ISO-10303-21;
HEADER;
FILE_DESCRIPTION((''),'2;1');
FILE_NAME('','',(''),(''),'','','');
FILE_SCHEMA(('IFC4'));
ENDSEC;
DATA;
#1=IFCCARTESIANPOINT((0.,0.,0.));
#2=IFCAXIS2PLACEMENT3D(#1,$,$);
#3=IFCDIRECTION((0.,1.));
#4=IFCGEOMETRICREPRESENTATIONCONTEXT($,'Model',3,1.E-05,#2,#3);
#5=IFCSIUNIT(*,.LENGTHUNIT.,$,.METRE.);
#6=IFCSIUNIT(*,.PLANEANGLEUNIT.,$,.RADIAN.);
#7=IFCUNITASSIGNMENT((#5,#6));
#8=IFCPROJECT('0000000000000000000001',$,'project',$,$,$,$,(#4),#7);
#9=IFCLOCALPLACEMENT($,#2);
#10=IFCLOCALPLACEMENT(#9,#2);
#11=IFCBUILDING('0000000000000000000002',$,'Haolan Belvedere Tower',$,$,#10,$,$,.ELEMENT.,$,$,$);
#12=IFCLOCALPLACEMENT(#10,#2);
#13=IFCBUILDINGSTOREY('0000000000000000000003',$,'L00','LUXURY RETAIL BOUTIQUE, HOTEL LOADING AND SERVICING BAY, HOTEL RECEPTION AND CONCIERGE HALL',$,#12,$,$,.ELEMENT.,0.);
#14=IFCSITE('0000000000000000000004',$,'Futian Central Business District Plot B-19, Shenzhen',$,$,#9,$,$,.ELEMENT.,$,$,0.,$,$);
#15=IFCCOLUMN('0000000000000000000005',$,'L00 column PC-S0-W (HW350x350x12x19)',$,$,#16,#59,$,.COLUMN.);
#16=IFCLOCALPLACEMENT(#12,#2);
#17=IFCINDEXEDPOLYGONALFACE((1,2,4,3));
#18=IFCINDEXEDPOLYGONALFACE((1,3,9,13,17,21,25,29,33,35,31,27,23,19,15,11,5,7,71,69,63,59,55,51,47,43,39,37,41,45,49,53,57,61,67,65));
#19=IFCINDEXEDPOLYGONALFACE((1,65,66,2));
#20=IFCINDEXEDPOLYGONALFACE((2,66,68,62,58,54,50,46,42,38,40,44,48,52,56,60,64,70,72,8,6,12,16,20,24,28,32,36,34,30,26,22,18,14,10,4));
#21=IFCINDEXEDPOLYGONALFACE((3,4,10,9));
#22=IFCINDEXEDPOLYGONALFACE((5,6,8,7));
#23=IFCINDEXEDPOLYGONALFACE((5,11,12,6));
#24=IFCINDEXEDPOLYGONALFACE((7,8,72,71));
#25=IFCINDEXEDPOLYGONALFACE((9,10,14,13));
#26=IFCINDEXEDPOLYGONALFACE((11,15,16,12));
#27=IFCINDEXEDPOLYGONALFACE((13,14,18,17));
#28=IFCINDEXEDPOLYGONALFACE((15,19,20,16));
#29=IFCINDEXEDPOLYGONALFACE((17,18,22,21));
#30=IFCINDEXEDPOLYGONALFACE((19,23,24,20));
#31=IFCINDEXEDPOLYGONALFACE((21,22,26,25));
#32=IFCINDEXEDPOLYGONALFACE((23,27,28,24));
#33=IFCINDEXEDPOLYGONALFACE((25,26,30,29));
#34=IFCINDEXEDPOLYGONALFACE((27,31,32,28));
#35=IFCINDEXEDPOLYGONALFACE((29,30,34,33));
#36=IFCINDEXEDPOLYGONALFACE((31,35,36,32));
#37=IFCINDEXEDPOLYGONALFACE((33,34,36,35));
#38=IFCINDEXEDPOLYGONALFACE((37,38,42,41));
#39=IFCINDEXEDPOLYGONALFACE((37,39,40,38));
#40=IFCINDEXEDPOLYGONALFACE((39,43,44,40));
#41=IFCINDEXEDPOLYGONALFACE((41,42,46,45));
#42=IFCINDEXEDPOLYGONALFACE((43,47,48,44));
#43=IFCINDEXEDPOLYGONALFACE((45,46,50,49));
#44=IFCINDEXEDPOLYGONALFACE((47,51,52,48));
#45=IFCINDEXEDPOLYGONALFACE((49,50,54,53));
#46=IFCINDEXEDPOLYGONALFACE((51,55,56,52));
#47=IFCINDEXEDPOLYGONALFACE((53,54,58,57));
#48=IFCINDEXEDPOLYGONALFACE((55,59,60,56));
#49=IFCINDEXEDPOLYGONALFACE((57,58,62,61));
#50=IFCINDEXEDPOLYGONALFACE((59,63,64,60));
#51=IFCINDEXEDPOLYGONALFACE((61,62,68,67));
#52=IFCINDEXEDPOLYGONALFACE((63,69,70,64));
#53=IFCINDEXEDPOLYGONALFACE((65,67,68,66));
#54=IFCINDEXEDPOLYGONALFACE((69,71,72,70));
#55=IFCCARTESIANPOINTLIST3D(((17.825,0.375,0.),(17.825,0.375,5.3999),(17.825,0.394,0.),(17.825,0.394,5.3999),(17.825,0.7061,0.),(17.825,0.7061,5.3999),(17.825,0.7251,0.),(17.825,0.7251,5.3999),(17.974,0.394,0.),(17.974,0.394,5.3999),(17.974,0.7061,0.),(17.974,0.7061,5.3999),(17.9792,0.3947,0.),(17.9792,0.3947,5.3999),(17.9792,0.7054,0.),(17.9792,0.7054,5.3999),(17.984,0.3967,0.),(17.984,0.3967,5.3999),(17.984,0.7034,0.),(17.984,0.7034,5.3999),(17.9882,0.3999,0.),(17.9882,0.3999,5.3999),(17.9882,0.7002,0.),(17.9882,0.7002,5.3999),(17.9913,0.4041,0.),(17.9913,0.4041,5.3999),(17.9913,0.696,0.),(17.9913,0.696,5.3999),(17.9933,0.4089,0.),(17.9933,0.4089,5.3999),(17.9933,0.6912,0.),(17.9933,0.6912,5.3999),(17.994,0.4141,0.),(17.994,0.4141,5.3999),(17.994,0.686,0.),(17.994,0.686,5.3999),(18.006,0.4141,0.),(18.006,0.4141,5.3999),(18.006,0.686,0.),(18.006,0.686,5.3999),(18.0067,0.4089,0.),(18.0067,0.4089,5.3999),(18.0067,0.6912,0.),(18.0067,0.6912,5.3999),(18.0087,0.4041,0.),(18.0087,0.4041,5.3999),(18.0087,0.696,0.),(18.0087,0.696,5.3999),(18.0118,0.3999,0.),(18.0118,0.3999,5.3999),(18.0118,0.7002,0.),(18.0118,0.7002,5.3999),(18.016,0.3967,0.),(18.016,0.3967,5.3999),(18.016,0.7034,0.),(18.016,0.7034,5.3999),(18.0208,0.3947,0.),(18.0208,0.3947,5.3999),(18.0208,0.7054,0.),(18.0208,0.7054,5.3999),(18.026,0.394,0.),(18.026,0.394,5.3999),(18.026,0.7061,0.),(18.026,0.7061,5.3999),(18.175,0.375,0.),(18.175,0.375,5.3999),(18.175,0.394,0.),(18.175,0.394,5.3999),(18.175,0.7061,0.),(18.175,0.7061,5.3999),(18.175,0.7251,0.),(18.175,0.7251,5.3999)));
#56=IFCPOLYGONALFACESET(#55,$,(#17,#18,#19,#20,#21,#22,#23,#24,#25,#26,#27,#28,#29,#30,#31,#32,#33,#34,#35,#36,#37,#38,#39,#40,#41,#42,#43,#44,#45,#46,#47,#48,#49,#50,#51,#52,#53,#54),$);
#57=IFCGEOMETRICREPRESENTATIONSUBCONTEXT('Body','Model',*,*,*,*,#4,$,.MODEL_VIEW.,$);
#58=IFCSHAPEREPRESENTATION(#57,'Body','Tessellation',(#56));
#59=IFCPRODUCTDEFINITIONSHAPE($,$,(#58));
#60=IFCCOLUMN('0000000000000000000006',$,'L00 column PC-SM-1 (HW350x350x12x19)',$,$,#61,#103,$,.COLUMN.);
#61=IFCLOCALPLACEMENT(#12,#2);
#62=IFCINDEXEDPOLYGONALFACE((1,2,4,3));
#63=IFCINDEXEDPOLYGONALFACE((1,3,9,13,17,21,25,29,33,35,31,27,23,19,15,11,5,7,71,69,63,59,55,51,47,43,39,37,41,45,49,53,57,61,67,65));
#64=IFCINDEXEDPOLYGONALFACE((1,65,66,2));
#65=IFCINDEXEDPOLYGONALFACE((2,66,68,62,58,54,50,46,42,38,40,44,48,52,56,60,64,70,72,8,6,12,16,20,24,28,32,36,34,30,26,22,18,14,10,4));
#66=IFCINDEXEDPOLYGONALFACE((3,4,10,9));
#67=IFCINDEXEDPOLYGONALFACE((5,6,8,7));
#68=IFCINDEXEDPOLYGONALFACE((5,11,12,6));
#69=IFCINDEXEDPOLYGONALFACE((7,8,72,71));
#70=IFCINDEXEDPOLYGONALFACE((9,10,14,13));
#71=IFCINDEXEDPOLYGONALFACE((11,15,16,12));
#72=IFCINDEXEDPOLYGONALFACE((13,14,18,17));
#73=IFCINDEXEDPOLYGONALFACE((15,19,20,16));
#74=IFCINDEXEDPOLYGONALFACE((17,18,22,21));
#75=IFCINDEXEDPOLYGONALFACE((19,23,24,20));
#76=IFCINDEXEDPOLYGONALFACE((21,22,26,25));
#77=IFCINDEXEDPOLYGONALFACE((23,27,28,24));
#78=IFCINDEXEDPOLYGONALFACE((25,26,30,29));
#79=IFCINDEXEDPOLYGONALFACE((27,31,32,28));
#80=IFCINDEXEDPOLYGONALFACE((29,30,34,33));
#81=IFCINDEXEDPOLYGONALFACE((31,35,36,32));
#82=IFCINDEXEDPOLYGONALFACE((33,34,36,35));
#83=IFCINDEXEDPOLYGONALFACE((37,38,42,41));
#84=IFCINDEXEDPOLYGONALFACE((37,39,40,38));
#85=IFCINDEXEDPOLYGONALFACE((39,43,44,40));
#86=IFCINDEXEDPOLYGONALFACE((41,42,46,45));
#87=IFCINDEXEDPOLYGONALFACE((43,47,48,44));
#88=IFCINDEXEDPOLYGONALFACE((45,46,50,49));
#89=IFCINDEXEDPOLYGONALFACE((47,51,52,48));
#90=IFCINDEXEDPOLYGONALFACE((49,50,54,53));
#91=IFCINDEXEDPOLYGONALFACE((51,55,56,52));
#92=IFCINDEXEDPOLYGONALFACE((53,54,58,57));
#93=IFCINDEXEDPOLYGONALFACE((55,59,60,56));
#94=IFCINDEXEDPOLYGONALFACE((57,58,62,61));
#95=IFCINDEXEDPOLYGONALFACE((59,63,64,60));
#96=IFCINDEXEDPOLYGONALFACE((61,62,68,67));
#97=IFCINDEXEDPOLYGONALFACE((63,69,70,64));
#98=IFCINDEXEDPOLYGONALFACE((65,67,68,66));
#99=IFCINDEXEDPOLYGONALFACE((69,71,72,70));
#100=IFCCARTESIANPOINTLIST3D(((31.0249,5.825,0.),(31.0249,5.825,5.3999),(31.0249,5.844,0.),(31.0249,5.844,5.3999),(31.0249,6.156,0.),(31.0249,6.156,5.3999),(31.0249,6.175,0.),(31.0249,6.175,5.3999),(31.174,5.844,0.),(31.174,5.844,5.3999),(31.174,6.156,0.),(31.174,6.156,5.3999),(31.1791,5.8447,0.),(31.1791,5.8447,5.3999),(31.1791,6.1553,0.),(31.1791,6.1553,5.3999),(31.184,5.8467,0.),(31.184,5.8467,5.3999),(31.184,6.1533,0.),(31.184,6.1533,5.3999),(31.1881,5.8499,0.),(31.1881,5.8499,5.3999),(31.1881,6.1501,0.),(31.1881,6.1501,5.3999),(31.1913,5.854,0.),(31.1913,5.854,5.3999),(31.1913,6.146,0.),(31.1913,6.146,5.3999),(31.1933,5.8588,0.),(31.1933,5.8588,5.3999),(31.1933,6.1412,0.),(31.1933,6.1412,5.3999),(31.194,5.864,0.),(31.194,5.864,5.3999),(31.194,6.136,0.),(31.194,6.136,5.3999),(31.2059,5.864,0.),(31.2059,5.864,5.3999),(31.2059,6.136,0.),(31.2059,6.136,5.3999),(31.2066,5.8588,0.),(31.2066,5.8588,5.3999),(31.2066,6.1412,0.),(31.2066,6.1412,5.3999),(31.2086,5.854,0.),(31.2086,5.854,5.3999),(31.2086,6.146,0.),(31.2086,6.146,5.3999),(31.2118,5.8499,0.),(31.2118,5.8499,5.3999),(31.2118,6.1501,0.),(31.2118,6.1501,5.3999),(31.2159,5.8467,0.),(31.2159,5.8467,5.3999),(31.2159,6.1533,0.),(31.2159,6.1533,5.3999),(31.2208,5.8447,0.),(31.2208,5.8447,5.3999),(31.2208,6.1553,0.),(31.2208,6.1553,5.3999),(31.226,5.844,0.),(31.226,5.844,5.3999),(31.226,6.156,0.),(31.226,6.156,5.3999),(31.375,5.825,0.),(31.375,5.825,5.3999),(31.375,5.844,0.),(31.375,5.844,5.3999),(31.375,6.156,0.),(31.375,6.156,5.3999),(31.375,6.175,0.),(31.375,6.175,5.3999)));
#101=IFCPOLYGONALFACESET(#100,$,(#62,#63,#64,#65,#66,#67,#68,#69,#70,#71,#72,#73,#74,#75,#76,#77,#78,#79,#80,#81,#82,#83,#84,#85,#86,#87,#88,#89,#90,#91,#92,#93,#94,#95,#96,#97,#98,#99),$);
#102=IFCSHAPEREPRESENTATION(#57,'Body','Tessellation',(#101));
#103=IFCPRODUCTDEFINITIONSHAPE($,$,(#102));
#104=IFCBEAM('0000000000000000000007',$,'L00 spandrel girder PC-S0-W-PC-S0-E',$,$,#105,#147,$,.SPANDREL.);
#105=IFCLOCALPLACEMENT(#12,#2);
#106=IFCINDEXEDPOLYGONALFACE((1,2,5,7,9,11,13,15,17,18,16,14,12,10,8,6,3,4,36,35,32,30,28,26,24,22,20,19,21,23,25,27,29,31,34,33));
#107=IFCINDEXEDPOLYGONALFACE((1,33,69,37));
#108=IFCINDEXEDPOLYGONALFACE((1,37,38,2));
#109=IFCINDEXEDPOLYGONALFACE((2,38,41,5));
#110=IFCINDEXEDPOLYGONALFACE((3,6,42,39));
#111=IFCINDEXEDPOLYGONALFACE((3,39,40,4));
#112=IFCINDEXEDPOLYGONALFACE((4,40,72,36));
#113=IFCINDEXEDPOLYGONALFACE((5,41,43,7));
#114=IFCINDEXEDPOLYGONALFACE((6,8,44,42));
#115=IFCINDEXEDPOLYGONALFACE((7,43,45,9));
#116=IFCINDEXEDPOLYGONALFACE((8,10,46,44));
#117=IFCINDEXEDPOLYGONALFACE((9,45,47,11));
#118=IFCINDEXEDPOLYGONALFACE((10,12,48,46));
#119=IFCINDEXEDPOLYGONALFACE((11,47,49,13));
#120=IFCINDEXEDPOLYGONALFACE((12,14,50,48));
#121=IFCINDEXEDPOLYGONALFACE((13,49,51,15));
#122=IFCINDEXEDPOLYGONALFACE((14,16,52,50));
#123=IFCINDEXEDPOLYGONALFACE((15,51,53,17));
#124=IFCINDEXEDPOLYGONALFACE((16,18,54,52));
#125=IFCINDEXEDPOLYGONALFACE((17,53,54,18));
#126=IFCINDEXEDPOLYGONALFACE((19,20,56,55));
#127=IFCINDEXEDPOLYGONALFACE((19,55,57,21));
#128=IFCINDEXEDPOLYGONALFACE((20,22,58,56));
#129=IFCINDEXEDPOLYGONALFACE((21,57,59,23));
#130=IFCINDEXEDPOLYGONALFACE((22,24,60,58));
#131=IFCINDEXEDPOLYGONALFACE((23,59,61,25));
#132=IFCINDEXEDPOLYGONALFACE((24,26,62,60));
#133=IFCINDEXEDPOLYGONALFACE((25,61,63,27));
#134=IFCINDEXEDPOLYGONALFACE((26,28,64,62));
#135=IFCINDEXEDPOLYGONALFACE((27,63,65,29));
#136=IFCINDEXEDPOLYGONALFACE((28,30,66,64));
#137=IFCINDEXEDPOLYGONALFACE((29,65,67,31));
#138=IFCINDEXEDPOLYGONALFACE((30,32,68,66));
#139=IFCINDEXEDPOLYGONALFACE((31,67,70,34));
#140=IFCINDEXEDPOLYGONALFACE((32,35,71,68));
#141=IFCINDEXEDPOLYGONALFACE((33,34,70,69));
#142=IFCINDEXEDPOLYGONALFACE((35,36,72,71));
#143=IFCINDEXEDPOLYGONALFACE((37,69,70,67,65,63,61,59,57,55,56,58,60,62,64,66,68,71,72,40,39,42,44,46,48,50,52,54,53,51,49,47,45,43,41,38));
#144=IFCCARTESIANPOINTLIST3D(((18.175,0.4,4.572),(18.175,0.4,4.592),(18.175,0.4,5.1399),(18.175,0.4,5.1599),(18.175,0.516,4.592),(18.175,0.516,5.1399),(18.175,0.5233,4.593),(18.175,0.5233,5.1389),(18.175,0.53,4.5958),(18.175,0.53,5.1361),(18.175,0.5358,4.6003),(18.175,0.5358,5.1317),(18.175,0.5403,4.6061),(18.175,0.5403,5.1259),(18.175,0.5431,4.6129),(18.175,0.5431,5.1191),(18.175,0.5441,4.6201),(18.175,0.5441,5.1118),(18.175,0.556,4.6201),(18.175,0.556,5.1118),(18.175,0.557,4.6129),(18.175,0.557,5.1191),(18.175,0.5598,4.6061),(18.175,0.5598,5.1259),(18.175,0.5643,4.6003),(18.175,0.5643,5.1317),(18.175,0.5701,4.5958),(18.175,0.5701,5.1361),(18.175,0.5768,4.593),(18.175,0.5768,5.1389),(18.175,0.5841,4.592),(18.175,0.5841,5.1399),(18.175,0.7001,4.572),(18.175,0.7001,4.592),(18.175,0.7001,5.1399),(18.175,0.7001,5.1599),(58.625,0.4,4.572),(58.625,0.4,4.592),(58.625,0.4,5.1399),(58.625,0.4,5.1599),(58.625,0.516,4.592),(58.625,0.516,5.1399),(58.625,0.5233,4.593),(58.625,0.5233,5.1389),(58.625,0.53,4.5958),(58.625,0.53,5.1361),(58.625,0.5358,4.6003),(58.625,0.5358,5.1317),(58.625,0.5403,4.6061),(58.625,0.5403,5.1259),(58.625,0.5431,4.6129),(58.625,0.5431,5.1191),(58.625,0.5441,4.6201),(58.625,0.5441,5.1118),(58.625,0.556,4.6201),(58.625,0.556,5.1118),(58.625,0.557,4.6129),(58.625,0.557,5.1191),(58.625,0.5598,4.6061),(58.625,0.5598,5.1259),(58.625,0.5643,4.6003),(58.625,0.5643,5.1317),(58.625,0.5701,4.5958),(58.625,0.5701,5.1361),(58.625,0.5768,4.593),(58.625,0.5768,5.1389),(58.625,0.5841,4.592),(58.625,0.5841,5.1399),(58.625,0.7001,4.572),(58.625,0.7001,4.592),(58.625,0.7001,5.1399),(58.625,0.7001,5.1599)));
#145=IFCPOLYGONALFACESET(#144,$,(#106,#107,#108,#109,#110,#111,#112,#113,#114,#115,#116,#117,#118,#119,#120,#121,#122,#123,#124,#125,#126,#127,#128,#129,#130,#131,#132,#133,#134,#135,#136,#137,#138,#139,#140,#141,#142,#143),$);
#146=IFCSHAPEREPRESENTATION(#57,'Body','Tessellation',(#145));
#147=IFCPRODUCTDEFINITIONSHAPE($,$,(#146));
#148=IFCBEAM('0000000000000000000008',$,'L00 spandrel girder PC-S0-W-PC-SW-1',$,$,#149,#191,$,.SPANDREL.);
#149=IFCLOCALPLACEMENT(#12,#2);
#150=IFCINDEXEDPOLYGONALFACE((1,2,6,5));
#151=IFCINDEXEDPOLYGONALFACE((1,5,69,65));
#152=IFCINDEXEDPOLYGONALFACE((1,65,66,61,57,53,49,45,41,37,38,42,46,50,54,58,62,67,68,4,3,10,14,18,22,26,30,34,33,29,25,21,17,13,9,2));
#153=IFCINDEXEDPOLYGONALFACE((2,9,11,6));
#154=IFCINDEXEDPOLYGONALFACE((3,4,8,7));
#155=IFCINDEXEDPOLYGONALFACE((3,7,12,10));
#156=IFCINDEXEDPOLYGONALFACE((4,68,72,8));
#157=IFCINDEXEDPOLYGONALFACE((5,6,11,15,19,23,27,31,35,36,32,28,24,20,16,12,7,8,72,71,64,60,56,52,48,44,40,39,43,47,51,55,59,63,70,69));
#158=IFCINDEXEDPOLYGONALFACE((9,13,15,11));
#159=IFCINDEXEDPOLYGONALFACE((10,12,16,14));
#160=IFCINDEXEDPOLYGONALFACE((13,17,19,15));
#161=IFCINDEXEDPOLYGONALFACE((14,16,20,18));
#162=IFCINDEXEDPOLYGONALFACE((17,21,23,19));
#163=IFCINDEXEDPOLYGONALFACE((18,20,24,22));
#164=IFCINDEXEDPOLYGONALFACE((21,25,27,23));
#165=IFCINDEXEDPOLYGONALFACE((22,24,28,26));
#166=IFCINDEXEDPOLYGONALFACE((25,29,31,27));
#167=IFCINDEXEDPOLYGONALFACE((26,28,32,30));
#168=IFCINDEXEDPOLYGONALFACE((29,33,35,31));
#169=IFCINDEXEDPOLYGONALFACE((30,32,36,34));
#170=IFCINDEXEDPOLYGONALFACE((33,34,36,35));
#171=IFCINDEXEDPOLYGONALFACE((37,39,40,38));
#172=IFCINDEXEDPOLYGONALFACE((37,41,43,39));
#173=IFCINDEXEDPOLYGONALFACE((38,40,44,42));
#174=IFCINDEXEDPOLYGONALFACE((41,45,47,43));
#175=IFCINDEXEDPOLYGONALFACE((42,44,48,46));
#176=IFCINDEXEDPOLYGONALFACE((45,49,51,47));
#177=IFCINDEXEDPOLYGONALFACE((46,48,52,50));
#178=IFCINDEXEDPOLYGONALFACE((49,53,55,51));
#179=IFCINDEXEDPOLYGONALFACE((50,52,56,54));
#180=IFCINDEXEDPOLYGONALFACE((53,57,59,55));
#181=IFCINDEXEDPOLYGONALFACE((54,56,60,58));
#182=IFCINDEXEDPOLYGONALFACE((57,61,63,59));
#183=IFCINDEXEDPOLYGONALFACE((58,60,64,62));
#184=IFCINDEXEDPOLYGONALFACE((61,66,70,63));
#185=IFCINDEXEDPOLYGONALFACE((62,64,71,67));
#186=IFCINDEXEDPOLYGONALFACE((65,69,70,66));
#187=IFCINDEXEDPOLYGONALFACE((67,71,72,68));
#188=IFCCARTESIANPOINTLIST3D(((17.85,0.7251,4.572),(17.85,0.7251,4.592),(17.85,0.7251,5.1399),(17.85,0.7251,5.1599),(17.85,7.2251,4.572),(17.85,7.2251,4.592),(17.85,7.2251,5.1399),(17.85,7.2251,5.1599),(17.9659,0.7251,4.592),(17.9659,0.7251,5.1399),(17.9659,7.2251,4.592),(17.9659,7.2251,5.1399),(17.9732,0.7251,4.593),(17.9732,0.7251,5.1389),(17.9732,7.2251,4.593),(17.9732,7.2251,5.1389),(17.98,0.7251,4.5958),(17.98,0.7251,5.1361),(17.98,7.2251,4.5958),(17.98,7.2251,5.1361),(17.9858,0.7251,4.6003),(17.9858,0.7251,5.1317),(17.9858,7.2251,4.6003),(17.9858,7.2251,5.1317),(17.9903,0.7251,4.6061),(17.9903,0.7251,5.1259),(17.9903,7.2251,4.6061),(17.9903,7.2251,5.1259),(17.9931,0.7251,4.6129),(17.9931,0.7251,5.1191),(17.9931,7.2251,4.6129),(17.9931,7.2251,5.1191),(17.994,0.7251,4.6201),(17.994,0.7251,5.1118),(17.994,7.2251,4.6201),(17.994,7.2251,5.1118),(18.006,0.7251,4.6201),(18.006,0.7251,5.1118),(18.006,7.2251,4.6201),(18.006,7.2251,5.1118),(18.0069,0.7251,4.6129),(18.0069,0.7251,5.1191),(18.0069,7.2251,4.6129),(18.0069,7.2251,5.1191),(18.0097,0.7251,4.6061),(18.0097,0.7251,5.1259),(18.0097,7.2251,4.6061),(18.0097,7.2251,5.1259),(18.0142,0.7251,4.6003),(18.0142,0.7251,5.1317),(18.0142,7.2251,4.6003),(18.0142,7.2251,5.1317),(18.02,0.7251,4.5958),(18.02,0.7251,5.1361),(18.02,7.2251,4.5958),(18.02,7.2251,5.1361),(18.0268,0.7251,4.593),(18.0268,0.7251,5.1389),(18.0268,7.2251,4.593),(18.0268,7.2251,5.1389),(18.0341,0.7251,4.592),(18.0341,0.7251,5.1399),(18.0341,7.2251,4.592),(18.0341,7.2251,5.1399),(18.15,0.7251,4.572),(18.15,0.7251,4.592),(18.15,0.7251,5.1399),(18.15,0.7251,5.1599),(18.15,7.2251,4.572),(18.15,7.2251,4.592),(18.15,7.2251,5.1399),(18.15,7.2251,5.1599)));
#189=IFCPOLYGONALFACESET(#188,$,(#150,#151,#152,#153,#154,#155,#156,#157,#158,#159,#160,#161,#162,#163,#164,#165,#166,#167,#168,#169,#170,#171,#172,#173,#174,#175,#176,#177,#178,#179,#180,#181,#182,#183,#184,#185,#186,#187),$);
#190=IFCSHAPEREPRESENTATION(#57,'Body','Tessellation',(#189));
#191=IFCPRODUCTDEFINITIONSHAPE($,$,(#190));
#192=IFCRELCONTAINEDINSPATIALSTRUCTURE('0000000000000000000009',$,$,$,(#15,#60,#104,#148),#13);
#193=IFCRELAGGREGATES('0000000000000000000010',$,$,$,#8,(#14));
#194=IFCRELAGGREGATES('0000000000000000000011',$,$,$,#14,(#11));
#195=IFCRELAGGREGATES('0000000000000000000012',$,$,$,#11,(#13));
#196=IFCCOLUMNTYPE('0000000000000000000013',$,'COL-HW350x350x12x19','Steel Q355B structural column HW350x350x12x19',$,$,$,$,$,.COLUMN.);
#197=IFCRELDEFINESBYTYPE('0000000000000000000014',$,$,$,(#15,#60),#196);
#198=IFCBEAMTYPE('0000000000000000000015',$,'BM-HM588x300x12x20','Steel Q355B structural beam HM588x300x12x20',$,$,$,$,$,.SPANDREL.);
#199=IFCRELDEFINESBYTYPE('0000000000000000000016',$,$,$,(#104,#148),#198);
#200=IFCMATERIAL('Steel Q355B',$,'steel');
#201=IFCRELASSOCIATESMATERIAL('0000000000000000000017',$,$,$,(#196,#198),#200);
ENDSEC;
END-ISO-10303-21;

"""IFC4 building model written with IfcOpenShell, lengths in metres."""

from ifc_helpers import new_model, si_unit, direction, frame, origin, origin_2d, place, context, subcontext, project, spatial, i_section, extrude, material, material_profile, profile_set, type_object, element, save


model = new_model("IFC4")

# Units and contexts
model_context = context("Model", 3, precision=1e-05, world=origin(), true_north=direction((0.0, 1.0)))
body_context = subcontext(model_context, "Body", "Model", "MODEL_VIEW")
ifc_project = project(units=[si_unit("LENGTHUNIT", "METRE"), si_unit("PLANEANGLEUNIT", "RADIAN")], contexts=[model_context])

# Site, building, storey
site_placement = place(None, origin())
site = spatial("IfcSite", under=ifc_project, at=site_placement, Name="Futian Central Business District Plot B-19, Shenzhen", CompositionType="ELEMENT", RefElevation=0.0)
building_placement = place(site_placement, origin())
building = spatial("IfcBuilding", under=site, at=building_placement, Name="Haolan Belvedere Tower", CompositionType="ELEMENT")
storey_placement = place(building_placement, origin())
storey = spatial("IfcBuildingStorey", under=building, at=storey_placement, Name="L00", Description="LUXURY RETAIL BOUTIQUE, HOTEL LOADING AND SERVICING BAY, HOTEL RECEPTION AND CONCIERGE HALL", CompositionType="ELEMENT", Elevation=0.0)

# Columns
ifc_material_1 = material(Name="Steel Q355B", Category="steel")
ifc_material_profile_1 = material_profile(ifc_material_1, i_section(OverallWidth=0.3501, OverallDepth=0.3501, WebThickness=0.012, FlangeThickness=0.019, FilletRadius=0.02, at=origin_2d()), Name="Steel Q355B")
ifc_profile_set_1 = profile_set([ifc_material_profile_1], Name="Steel Q355B")
column_type = type_object("IfcColumnType", Name="COL-HW350x350x12x19", Description="Steel Q355B structural column HW350x350x12x19", PredefinedType="COLUMN", material=ifc_profile_set_1)
for number, where, z_axis, x_axis, name in (
    (1, (18.0, 0.55, 0.0), (0.0, 0.0, 1.0), (1.0, 0.0, 0.0), "L00 column PC-S0-W (HW350x350x12x19)"),
    (2, (31.2, 6.0, 0.0), (0.0, 0.0, 1.0), (1.0, 0.0, 0.0), "L00 column PC-SM-1 (HW350x350x12x19)"),
):
    element("IfcColumn", number, at=place(storey_placement, frame(where, z_axis=z_axis, x_axis=x_axis)), inside=storey, type_object=column_type, Name=name, PredefinedType="COLUMN", context=body_context, shape_type="SweptSolid", body=[
        extrude(i_section(OverallWidth=0.3501, OverallDepth=0.3501, WebThickness=0.012, FlangeThickness=0.019, FilletRadius=0.02, at=origin_2d()), origin(), (0.0, 0.0, 1.0), 5.3999),
    ])

# Beams
ifc_material_profile_2 = material_profile(ifc_material_1, i_section(OverallWidth=0.3, OverallDepth=0.5879, WebThickness=0.012, FlangeThickness=0.02, FilletRadius=0.0281, at=origin_2d()), Name="Steel Q355B")
ifc_profile_set_2 = profile_set([ifc_material_profile_2], Name="Steel Q355B")
beam_type = type_object("IfcBeamType", Name="BM-HM588x300x12x20", Description="Steel Q355B structural beam HM588x300x12x20", PredefinedType="SPANDREL", material=ifc_profile_set_2)
beam_1_placement = place(storey_placement, frame((18.175, 0.55, 4.866), z_axis=(1.0, 0.0, 0.0), x_axis=(0.0, 1.0, 0.0)))
element("IfcBeam", 3, at=beam_1_placement, inside=storey, type_object=beam_type, Name="L00 spandrel girder PC-S0-W-PC-S0-E", PredefinedType="SPANDREL", context=body_context, shape_type="SweptSolid", body=[
    extrude(i_section(OverallWidth=0.3, OverallDepth=0.5879, WebThickness=0.012, FlangeThickness=0.02, FilletRadius=0.0281, at=origin_2d()), origin(), (0.0, 0.0, 1.0), 40.45),
])
beam_2_placement = place(storey_placement, frame((18.0, 0.7251, 4.866), z_axis=(0.0, 1.0, 0.0), x_axis=(-1.0, 0.0, 0.0)))
element("IfcBeam", 4, at=beam_2_placement, inside=storey, type_object=beam_type, Name="L00 spandrel girder PC-S0-W-PC-SW-1", PredefinedType="SPANDREL", context=body_context, shape_type="SweptSolid", body=[
    extrude(i_section(OverallWidth=0.3, OverallDepth=0.5879, WebThickness=0.012, FlangeThickness=0.02, FilletRadius=0.0281, at=origin_2d()), origin(), (0.0, 0.0, 1.0), 6.5),
])

save(model, "model.ifc")
